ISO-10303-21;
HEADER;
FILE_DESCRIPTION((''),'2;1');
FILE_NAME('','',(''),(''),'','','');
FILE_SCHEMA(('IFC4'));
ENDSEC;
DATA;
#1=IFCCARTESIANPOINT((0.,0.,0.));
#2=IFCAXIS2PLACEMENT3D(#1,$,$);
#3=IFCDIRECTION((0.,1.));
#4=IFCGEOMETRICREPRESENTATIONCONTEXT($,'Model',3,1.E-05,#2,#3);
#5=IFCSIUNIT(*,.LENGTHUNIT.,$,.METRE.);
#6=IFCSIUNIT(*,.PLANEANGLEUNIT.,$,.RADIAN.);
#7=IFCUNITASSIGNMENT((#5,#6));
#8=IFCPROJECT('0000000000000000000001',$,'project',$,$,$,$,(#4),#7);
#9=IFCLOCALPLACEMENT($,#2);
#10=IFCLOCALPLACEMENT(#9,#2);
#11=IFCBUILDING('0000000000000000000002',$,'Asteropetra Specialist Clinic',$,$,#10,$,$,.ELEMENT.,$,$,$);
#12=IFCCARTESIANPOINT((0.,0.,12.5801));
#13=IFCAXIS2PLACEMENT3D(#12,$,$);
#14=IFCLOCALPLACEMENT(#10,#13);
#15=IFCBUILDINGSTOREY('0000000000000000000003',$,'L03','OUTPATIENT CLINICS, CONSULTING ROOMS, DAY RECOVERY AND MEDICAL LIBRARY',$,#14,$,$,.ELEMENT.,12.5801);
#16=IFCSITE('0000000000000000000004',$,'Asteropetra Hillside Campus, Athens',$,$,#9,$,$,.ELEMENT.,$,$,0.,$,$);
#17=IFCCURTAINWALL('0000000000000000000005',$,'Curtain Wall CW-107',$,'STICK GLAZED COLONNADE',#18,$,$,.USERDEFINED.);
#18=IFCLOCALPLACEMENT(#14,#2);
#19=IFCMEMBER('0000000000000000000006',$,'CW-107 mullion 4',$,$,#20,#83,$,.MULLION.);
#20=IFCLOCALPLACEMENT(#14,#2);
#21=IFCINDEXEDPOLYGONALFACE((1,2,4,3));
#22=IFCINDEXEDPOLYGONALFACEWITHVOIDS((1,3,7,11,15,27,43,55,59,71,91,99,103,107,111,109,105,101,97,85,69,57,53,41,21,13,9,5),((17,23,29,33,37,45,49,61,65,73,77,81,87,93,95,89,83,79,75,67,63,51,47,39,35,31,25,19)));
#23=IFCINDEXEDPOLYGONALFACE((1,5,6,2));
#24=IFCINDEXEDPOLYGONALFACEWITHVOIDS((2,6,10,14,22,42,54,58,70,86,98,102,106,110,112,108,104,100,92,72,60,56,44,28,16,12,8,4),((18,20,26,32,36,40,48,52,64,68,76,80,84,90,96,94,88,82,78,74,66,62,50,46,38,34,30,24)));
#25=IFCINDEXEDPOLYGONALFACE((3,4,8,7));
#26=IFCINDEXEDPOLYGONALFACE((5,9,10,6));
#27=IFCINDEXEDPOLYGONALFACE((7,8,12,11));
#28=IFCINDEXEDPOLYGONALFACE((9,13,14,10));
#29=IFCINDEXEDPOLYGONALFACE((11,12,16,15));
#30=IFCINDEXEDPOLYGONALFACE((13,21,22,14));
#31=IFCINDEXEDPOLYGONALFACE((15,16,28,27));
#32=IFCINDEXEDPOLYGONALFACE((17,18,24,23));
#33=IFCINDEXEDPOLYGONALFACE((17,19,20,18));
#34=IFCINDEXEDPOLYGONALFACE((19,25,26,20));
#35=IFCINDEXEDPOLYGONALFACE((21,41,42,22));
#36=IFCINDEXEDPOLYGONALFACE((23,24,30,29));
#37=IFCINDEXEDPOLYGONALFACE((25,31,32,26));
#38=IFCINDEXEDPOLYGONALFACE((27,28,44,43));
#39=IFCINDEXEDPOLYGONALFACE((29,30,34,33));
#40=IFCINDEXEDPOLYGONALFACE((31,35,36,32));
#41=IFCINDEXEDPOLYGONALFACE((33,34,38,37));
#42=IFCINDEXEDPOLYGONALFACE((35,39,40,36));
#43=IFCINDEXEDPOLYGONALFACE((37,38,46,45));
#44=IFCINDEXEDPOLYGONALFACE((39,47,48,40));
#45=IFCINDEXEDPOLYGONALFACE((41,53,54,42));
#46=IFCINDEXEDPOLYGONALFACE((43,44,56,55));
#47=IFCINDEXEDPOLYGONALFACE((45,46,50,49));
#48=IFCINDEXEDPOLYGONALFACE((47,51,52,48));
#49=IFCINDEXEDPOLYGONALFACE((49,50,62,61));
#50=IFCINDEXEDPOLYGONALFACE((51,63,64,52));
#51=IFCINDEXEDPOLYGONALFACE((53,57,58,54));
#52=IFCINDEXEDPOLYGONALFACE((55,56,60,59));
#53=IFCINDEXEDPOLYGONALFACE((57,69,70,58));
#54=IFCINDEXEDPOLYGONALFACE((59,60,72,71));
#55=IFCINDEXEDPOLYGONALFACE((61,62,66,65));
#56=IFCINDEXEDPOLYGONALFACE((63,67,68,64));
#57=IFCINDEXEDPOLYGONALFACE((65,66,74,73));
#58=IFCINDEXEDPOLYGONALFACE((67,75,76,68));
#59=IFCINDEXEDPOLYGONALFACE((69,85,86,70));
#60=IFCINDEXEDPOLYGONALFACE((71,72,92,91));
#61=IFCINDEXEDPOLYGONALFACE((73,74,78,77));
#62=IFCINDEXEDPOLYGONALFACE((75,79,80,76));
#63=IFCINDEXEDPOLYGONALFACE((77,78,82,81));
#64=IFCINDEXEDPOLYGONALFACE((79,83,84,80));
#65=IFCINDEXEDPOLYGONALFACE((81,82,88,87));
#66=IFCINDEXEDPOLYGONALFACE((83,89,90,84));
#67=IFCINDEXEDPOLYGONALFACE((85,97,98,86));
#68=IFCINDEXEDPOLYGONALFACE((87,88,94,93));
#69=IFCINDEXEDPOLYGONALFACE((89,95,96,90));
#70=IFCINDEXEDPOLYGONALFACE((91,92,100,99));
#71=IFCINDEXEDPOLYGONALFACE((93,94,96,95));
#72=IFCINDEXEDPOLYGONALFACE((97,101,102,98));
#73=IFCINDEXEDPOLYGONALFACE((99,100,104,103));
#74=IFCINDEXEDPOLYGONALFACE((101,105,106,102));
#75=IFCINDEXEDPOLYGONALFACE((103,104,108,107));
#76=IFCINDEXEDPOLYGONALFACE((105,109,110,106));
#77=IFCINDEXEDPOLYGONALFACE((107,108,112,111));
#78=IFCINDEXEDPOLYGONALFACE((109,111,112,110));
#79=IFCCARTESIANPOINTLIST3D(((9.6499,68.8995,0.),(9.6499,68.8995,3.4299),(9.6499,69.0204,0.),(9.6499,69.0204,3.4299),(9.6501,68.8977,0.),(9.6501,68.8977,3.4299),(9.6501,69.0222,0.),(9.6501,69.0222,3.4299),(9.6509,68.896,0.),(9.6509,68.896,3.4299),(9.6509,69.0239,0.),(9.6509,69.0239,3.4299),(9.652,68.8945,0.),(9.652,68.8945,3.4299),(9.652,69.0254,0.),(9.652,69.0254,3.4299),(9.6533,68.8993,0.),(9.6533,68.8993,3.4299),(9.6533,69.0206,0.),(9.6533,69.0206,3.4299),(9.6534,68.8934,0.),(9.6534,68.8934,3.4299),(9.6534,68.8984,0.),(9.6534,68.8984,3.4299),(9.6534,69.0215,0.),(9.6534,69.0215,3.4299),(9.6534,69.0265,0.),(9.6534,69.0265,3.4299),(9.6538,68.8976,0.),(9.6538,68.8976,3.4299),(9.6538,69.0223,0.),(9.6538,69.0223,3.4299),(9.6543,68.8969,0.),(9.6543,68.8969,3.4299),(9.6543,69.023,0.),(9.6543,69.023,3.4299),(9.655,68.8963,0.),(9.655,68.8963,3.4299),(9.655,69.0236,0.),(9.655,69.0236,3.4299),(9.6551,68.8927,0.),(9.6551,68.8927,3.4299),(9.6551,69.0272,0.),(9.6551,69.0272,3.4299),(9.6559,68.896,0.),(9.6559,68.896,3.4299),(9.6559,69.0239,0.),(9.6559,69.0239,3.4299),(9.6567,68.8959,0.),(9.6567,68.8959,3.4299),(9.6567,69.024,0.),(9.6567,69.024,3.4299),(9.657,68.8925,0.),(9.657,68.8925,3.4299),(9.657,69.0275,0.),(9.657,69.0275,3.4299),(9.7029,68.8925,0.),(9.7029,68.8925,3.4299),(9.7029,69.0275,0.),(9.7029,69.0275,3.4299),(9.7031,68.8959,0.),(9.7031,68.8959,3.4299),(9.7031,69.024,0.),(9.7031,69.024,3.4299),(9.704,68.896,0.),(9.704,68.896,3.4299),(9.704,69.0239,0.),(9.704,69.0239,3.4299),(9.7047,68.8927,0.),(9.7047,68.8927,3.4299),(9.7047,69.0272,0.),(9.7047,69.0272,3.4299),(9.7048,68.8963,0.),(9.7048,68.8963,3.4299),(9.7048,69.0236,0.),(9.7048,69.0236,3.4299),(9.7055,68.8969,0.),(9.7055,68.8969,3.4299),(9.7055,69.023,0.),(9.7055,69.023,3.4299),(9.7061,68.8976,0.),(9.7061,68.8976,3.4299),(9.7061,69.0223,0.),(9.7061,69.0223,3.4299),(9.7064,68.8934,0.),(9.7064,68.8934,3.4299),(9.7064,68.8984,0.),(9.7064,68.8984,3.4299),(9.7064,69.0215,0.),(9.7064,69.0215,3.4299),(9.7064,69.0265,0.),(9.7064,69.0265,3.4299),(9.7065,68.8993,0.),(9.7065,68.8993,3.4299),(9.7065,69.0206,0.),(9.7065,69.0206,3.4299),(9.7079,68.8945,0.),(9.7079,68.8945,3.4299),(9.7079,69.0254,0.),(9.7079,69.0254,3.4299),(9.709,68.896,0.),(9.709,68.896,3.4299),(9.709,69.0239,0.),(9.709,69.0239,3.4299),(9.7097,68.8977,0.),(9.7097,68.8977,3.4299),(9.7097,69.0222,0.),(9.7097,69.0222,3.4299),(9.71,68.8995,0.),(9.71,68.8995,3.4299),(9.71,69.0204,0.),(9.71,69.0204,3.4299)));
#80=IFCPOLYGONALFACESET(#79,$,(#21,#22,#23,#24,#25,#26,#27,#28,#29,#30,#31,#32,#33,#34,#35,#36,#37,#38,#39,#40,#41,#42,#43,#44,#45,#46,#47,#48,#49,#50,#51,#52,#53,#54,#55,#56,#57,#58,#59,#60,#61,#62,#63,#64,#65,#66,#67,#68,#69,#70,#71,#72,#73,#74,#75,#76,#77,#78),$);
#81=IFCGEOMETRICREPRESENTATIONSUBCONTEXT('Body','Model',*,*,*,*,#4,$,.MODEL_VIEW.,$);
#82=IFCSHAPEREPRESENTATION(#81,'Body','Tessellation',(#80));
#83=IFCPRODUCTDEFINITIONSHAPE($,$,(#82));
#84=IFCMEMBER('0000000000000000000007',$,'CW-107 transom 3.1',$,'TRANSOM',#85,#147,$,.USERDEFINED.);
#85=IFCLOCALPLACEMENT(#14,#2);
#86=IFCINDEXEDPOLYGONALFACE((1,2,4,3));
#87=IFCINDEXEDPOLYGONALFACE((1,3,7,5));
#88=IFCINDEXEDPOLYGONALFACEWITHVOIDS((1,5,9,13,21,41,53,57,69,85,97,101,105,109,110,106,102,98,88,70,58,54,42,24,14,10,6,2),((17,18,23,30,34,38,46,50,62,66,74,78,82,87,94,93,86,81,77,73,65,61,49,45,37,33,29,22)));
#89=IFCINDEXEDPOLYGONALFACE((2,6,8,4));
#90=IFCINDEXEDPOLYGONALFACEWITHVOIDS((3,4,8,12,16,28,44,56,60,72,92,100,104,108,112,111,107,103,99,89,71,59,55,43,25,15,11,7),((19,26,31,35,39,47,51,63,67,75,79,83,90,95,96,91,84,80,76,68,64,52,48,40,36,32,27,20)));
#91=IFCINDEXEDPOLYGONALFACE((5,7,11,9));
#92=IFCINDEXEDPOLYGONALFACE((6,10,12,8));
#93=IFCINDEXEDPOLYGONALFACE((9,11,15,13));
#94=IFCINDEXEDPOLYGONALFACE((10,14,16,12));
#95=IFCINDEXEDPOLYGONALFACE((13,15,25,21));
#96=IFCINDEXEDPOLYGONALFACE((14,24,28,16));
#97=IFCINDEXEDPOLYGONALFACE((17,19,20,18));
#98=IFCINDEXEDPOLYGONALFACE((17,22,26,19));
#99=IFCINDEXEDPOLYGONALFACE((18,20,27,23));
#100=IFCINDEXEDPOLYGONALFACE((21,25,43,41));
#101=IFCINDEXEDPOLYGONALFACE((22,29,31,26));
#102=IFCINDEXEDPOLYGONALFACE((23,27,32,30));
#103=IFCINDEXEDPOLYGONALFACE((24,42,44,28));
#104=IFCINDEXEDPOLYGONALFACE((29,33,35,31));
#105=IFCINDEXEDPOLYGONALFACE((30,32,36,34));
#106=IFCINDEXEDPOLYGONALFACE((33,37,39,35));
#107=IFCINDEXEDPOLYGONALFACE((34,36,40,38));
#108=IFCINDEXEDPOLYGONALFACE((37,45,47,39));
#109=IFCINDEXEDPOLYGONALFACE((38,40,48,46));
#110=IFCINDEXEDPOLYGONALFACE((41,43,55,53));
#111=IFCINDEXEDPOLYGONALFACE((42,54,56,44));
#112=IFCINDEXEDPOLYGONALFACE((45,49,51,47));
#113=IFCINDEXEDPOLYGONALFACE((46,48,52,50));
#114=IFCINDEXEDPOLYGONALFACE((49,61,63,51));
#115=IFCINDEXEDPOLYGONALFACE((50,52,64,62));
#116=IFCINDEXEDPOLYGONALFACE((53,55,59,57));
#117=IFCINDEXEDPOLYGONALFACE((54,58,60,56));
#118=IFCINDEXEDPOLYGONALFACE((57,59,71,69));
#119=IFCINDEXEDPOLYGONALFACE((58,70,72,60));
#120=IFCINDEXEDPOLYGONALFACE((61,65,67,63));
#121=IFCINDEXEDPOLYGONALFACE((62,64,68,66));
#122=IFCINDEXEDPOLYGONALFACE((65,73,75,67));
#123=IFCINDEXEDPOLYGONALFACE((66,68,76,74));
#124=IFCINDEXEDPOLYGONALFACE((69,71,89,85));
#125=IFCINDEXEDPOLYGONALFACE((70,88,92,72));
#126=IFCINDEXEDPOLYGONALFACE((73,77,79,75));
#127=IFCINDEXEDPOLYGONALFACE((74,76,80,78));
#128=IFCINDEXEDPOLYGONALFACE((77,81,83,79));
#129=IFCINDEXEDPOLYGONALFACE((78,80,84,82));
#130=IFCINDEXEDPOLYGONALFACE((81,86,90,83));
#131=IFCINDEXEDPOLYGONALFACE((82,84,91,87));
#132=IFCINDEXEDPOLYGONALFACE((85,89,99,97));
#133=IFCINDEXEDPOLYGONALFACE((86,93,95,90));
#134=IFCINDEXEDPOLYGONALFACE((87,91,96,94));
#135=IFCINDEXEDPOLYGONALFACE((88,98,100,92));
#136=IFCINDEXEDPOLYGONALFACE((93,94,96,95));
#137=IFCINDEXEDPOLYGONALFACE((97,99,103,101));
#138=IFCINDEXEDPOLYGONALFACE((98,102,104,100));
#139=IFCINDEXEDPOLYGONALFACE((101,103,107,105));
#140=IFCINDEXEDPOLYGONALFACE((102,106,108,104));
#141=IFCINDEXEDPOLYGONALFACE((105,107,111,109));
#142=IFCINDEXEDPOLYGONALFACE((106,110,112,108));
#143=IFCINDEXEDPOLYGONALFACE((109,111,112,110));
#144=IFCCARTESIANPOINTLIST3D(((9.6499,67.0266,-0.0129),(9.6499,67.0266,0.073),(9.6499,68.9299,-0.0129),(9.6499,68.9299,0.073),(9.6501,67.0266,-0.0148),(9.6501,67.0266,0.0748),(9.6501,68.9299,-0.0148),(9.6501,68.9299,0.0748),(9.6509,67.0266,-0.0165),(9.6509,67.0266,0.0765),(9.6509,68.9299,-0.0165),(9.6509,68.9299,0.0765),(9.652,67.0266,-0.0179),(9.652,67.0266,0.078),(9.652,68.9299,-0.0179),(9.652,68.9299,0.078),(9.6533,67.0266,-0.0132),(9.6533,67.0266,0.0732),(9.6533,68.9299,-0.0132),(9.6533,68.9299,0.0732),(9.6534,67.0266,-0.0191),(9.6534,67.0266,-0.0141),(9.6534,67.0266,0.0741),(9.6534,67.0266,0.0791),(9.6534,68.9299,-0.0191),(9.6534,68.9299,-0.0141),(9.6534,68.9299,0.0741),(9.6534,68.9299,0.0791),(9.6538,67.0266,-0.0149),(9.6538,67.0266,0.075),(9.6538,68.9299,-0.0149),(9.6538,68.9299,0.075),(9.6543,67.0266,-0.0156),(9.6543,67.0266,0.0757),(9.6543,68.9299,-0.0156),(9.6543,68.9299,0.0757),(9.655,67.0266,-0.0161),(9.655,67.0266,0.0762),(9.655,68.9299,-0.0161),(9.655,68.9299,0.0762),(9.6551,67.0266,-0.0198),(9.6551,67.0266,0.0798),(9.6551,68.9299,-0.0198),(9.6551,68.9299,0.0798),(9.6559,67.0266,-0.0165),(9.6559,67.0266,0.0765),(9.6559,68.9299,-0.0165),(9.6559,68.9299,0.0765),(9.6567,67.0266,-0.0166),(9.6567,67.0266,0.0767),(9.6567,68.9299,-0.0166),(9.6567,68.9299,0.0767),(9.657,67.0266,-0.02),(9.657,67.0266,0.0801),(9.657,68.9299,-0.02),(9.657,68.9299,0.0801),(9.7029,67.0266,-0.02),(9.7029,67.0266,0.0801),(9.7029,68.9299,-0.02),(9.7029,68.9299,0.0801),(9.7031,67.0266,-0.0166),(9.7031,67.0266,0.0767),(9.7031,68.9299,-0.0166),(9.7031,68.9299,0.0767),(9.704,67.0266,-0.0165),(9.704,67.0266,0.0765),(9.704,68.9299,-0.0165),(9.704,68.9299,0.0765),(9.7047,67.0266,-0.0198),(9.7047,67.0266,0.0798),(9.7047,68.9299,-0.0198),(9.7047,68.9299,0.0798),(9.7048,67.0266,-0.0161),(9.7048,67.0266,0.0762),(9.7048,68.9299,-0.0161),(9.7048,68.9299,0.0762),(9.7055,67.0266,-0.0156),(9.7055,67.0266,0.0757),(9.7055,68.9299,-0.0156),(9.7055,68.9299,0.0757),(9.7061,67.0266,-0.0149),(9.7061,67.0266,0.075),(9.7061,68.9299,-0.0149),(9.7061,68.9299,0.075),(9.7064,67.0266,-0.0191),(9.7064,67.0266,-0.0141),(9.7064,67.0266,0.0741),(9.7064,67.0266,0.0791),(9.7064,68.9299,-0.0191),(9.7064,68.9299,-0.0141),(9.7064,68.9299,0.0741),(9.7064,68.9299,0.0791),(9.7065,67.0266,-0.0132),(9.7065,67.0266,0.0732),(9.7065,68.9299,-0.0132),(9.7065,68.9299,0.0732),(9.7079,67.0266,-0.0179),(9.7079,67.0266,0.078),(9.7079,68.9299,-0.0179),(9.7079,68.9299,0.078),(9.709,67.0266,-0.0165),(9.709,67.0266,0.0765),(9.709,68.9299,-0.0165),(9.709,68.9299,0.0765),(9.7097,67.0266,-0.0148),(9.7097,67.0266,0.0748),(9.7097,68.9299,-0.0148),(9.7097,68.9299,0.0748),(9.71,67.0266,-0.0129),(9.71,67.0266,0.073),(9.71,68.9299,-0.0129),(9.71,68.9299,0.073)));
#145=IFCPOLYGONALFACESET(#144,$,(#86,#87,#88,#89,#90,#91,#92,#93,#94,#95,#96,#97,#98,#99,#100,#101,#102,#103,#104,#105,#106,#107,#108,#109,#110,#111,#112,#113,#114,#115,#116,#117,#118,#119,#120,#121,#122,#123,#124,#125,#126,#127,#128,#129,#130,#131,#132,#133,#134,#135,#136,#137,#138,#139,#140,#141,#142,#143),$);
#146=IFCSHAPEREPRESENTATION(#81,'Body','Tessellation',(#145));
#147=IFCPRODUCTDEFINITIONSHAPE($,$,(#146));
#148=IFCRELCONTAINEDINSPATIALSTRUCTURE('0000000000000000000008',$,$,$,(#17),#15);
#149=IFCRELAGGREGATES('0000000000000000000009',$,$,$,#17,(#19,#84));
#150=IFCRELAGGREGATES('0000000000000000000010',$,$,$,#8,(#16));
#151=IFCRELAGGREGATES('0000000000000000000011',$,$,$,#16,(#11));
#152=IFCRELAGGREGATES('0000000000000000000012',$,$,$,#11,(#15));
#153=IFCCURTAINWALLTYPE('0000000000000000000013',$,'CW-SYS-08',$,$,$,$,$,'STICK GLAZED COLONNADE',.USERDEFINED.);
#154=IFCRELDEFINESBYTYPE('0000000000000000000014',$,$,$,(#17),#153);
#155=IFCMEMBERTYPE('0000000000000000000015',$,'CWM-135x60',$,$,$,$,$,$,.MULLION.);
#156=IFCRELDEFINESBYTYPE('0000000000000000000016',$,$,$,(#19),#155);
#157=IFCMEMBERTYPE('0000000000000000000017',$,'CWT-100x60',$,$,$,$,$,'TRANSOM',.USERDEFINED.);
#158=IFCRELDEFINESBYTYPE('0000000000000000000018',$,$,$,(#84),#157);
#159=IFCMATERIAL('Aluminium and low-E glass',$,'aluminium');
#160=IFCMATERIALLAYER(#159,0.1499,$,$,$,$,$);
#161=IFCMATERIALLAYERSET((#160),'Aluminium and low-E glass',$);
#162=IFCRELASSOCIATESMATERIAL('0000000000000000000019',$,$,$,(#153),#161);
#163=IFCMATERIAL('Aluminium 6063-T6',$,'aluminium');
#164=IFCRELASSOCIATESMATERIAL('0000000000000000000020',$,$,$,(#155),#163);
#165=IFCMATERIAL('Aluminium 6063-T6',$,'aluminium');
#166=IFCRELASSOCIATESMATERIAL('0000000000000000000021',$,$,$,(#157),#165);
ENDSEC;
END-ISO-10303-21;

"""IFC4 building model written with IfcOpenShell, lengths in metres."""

from ifc_helpers import new_model, si_unit, direction, frame, origin, origin_2d, place, context, subcontext, project, spatial, hollow_rectangle, extrude, material, layer, layer_set, material_profile, profile_set, type_object, element, aggregate, save


model = new_model("IFC4")

# Units and contexts
model_context = context("Model", 3, precision=1e-05, world=origin(), true_north=direction((0.0, 1.0)))
body_context = subcontext(model_context, "Body", "Model", "MODEL_VIEW")
ifc_project = project(units=[si_unit("LENGTHUNIT", "METRE"), si_unit("PLANEANGLEUNIT", "RADIAN")], contexts=[model_context])

# Site, building, storey
site_placement = place(None, origin())
site = spatial("IfcSite", under=ifc_project, at=site_placement, Name="Asteropetra Hillside Campus, Athens", CompositionType="ELEMENT", RefElevation=0.0)
building_placement = place(site_placement, origin())
building = spatial("IfcBuilding", under=site, at=building_placement, Name="Asteropetra Specialist Clinic", CompositionType="ELEMENT")
storey_placement = place(building_placement, frame((0.0, 0.0, 12.5801)))
storey = spatial("IfcBuildingStorey", under=building, at=storey_placement, Name="L03", Description="OUTPATIENT CLINICS, CONSULTING ROOMS, DAY RECOVERY AND MEDICAL LIBRARY", CompositionType="ELEMENT", Elevation=12.5801)

# Curtain wall, members
ifc_material_1 = material(Name="Aluminium and low-E glass", Category="aluminium")
ifc_layer_1 = layer(ifc_material_1, 0.1499)
ifc_layer_set_1 = layer_set([ifc_layer_1], Name="Aluminium and low-E glass")
curtain_wall_type = type_object("IfcCurtainWallType", Name="CW-SYS-08", ElementType="STICK GLAZED COLONNADE", PredefinedType="USERDEFINED", material=ifc_layer_set_1)
curtain_wall_placement = place(storey_placement, origin())
curtain_wall = element("IfcCurtainWall", 1, at=curtain_wall_placement, inside=storey, type_object=curtain_wall_type, Name="Curtain Wall CW-107", ObjectType="STICK GLAZED COLONNADE", PredefinedType="USERDEFINED")
ifc_material_2 = material(Name="Aluminium 6063-T6", Category="aluminium")
ifc_material_profile_1 = material_profile(ifc_material_2, hollow_rectangle(XDim=0.0601, YDim=0.135, WallThickness=0.0034, InnerFilletRadius=0.0034, OuterFilletRadius=0.0071, at=origin_2d()), Name="MUL 135x60x3.5")
ifc_profile_set_1 = profile_set([ifc_material_profile_1], Name="Aluminium 6063-T6")
member_type_1 = type_object("IfcMemberType", Name="CWM-135x60", PredefinedType="MULLION", material=ifc_profile_set_1)
member_1_placement = place(storey_placement, frame((9.6799, 68.96, 0.0), z_axis=(0.0, 0.0, 1.0), x_axis=(-1.0, 0.0, 0.0)))
member_1 = element("IfcMember", 2, at=member_1_placement, type_object=member_type_1, Name="CW-107 mullion 4", PredefinedType="MULLION", context=body_context, shape_type="SweptSolid", body=[
    extrude(hollow_rectangle(XDim=0.0601, YDim=0.135, WallThickness=0.0034, InnerFilletRadius=0.0034, OuterFilletRadius=0.0071, at=origin_2d()), origin(), (0.0, 0.0, 1.0), 3.4299),
])
ifc_material_3 = material(Name="Aluminium 6063-T6", Category="aluminium")
ifc_material_profile_2 = material_profile(ifc_material_3, hollow_rectangle(XDim=0.0601, YDim=0.1001, WallThickness=0.0034, InnerFilletRadius=0.0034, OuterFilletRadius=0.0071, at=origin_2d()), Name="TRN 100x60x3.5")
ifc_profile_set_2 = profile_set([ifc_material_profile_2], Name="Aluminium 6063-T6")
member_type_2 = type_object("IfcMemberType", Name="CWT-100x60", ElementType="TRANSOM", PredefinedType="USERDEFINED", material=ifc_profile_set_2)
member_2_placement = place(storey_placement, frame((9.6799, 67.0266, 0.03), z_axis=(0.0, 1.0, 0.0), x_axis=(-1.0, 0.0, 0.0)))
member_2 = element("IfcMember", 3, at=member_2_placement, type_object=member_type_2, Name="CW-107 transom 3.1", ObjectType="TRANSOM", PredefinedType="USERDEFINED", context=body_context, shape_type="SweptSolid", body=[
    extrude(hollow_rectangle(XDim=0.0601, YDim=0.1001, WallThickness=0.0034, InnerFilletRadius=0.0034, OuterFilletRadius=0.0071, at=origin_2d()), origin(), (0.0, 0.0, 1.0), 1.9033),
])

aggregate(curtain_wall, [member_1, member_2])

save(model, "model.ifc")
